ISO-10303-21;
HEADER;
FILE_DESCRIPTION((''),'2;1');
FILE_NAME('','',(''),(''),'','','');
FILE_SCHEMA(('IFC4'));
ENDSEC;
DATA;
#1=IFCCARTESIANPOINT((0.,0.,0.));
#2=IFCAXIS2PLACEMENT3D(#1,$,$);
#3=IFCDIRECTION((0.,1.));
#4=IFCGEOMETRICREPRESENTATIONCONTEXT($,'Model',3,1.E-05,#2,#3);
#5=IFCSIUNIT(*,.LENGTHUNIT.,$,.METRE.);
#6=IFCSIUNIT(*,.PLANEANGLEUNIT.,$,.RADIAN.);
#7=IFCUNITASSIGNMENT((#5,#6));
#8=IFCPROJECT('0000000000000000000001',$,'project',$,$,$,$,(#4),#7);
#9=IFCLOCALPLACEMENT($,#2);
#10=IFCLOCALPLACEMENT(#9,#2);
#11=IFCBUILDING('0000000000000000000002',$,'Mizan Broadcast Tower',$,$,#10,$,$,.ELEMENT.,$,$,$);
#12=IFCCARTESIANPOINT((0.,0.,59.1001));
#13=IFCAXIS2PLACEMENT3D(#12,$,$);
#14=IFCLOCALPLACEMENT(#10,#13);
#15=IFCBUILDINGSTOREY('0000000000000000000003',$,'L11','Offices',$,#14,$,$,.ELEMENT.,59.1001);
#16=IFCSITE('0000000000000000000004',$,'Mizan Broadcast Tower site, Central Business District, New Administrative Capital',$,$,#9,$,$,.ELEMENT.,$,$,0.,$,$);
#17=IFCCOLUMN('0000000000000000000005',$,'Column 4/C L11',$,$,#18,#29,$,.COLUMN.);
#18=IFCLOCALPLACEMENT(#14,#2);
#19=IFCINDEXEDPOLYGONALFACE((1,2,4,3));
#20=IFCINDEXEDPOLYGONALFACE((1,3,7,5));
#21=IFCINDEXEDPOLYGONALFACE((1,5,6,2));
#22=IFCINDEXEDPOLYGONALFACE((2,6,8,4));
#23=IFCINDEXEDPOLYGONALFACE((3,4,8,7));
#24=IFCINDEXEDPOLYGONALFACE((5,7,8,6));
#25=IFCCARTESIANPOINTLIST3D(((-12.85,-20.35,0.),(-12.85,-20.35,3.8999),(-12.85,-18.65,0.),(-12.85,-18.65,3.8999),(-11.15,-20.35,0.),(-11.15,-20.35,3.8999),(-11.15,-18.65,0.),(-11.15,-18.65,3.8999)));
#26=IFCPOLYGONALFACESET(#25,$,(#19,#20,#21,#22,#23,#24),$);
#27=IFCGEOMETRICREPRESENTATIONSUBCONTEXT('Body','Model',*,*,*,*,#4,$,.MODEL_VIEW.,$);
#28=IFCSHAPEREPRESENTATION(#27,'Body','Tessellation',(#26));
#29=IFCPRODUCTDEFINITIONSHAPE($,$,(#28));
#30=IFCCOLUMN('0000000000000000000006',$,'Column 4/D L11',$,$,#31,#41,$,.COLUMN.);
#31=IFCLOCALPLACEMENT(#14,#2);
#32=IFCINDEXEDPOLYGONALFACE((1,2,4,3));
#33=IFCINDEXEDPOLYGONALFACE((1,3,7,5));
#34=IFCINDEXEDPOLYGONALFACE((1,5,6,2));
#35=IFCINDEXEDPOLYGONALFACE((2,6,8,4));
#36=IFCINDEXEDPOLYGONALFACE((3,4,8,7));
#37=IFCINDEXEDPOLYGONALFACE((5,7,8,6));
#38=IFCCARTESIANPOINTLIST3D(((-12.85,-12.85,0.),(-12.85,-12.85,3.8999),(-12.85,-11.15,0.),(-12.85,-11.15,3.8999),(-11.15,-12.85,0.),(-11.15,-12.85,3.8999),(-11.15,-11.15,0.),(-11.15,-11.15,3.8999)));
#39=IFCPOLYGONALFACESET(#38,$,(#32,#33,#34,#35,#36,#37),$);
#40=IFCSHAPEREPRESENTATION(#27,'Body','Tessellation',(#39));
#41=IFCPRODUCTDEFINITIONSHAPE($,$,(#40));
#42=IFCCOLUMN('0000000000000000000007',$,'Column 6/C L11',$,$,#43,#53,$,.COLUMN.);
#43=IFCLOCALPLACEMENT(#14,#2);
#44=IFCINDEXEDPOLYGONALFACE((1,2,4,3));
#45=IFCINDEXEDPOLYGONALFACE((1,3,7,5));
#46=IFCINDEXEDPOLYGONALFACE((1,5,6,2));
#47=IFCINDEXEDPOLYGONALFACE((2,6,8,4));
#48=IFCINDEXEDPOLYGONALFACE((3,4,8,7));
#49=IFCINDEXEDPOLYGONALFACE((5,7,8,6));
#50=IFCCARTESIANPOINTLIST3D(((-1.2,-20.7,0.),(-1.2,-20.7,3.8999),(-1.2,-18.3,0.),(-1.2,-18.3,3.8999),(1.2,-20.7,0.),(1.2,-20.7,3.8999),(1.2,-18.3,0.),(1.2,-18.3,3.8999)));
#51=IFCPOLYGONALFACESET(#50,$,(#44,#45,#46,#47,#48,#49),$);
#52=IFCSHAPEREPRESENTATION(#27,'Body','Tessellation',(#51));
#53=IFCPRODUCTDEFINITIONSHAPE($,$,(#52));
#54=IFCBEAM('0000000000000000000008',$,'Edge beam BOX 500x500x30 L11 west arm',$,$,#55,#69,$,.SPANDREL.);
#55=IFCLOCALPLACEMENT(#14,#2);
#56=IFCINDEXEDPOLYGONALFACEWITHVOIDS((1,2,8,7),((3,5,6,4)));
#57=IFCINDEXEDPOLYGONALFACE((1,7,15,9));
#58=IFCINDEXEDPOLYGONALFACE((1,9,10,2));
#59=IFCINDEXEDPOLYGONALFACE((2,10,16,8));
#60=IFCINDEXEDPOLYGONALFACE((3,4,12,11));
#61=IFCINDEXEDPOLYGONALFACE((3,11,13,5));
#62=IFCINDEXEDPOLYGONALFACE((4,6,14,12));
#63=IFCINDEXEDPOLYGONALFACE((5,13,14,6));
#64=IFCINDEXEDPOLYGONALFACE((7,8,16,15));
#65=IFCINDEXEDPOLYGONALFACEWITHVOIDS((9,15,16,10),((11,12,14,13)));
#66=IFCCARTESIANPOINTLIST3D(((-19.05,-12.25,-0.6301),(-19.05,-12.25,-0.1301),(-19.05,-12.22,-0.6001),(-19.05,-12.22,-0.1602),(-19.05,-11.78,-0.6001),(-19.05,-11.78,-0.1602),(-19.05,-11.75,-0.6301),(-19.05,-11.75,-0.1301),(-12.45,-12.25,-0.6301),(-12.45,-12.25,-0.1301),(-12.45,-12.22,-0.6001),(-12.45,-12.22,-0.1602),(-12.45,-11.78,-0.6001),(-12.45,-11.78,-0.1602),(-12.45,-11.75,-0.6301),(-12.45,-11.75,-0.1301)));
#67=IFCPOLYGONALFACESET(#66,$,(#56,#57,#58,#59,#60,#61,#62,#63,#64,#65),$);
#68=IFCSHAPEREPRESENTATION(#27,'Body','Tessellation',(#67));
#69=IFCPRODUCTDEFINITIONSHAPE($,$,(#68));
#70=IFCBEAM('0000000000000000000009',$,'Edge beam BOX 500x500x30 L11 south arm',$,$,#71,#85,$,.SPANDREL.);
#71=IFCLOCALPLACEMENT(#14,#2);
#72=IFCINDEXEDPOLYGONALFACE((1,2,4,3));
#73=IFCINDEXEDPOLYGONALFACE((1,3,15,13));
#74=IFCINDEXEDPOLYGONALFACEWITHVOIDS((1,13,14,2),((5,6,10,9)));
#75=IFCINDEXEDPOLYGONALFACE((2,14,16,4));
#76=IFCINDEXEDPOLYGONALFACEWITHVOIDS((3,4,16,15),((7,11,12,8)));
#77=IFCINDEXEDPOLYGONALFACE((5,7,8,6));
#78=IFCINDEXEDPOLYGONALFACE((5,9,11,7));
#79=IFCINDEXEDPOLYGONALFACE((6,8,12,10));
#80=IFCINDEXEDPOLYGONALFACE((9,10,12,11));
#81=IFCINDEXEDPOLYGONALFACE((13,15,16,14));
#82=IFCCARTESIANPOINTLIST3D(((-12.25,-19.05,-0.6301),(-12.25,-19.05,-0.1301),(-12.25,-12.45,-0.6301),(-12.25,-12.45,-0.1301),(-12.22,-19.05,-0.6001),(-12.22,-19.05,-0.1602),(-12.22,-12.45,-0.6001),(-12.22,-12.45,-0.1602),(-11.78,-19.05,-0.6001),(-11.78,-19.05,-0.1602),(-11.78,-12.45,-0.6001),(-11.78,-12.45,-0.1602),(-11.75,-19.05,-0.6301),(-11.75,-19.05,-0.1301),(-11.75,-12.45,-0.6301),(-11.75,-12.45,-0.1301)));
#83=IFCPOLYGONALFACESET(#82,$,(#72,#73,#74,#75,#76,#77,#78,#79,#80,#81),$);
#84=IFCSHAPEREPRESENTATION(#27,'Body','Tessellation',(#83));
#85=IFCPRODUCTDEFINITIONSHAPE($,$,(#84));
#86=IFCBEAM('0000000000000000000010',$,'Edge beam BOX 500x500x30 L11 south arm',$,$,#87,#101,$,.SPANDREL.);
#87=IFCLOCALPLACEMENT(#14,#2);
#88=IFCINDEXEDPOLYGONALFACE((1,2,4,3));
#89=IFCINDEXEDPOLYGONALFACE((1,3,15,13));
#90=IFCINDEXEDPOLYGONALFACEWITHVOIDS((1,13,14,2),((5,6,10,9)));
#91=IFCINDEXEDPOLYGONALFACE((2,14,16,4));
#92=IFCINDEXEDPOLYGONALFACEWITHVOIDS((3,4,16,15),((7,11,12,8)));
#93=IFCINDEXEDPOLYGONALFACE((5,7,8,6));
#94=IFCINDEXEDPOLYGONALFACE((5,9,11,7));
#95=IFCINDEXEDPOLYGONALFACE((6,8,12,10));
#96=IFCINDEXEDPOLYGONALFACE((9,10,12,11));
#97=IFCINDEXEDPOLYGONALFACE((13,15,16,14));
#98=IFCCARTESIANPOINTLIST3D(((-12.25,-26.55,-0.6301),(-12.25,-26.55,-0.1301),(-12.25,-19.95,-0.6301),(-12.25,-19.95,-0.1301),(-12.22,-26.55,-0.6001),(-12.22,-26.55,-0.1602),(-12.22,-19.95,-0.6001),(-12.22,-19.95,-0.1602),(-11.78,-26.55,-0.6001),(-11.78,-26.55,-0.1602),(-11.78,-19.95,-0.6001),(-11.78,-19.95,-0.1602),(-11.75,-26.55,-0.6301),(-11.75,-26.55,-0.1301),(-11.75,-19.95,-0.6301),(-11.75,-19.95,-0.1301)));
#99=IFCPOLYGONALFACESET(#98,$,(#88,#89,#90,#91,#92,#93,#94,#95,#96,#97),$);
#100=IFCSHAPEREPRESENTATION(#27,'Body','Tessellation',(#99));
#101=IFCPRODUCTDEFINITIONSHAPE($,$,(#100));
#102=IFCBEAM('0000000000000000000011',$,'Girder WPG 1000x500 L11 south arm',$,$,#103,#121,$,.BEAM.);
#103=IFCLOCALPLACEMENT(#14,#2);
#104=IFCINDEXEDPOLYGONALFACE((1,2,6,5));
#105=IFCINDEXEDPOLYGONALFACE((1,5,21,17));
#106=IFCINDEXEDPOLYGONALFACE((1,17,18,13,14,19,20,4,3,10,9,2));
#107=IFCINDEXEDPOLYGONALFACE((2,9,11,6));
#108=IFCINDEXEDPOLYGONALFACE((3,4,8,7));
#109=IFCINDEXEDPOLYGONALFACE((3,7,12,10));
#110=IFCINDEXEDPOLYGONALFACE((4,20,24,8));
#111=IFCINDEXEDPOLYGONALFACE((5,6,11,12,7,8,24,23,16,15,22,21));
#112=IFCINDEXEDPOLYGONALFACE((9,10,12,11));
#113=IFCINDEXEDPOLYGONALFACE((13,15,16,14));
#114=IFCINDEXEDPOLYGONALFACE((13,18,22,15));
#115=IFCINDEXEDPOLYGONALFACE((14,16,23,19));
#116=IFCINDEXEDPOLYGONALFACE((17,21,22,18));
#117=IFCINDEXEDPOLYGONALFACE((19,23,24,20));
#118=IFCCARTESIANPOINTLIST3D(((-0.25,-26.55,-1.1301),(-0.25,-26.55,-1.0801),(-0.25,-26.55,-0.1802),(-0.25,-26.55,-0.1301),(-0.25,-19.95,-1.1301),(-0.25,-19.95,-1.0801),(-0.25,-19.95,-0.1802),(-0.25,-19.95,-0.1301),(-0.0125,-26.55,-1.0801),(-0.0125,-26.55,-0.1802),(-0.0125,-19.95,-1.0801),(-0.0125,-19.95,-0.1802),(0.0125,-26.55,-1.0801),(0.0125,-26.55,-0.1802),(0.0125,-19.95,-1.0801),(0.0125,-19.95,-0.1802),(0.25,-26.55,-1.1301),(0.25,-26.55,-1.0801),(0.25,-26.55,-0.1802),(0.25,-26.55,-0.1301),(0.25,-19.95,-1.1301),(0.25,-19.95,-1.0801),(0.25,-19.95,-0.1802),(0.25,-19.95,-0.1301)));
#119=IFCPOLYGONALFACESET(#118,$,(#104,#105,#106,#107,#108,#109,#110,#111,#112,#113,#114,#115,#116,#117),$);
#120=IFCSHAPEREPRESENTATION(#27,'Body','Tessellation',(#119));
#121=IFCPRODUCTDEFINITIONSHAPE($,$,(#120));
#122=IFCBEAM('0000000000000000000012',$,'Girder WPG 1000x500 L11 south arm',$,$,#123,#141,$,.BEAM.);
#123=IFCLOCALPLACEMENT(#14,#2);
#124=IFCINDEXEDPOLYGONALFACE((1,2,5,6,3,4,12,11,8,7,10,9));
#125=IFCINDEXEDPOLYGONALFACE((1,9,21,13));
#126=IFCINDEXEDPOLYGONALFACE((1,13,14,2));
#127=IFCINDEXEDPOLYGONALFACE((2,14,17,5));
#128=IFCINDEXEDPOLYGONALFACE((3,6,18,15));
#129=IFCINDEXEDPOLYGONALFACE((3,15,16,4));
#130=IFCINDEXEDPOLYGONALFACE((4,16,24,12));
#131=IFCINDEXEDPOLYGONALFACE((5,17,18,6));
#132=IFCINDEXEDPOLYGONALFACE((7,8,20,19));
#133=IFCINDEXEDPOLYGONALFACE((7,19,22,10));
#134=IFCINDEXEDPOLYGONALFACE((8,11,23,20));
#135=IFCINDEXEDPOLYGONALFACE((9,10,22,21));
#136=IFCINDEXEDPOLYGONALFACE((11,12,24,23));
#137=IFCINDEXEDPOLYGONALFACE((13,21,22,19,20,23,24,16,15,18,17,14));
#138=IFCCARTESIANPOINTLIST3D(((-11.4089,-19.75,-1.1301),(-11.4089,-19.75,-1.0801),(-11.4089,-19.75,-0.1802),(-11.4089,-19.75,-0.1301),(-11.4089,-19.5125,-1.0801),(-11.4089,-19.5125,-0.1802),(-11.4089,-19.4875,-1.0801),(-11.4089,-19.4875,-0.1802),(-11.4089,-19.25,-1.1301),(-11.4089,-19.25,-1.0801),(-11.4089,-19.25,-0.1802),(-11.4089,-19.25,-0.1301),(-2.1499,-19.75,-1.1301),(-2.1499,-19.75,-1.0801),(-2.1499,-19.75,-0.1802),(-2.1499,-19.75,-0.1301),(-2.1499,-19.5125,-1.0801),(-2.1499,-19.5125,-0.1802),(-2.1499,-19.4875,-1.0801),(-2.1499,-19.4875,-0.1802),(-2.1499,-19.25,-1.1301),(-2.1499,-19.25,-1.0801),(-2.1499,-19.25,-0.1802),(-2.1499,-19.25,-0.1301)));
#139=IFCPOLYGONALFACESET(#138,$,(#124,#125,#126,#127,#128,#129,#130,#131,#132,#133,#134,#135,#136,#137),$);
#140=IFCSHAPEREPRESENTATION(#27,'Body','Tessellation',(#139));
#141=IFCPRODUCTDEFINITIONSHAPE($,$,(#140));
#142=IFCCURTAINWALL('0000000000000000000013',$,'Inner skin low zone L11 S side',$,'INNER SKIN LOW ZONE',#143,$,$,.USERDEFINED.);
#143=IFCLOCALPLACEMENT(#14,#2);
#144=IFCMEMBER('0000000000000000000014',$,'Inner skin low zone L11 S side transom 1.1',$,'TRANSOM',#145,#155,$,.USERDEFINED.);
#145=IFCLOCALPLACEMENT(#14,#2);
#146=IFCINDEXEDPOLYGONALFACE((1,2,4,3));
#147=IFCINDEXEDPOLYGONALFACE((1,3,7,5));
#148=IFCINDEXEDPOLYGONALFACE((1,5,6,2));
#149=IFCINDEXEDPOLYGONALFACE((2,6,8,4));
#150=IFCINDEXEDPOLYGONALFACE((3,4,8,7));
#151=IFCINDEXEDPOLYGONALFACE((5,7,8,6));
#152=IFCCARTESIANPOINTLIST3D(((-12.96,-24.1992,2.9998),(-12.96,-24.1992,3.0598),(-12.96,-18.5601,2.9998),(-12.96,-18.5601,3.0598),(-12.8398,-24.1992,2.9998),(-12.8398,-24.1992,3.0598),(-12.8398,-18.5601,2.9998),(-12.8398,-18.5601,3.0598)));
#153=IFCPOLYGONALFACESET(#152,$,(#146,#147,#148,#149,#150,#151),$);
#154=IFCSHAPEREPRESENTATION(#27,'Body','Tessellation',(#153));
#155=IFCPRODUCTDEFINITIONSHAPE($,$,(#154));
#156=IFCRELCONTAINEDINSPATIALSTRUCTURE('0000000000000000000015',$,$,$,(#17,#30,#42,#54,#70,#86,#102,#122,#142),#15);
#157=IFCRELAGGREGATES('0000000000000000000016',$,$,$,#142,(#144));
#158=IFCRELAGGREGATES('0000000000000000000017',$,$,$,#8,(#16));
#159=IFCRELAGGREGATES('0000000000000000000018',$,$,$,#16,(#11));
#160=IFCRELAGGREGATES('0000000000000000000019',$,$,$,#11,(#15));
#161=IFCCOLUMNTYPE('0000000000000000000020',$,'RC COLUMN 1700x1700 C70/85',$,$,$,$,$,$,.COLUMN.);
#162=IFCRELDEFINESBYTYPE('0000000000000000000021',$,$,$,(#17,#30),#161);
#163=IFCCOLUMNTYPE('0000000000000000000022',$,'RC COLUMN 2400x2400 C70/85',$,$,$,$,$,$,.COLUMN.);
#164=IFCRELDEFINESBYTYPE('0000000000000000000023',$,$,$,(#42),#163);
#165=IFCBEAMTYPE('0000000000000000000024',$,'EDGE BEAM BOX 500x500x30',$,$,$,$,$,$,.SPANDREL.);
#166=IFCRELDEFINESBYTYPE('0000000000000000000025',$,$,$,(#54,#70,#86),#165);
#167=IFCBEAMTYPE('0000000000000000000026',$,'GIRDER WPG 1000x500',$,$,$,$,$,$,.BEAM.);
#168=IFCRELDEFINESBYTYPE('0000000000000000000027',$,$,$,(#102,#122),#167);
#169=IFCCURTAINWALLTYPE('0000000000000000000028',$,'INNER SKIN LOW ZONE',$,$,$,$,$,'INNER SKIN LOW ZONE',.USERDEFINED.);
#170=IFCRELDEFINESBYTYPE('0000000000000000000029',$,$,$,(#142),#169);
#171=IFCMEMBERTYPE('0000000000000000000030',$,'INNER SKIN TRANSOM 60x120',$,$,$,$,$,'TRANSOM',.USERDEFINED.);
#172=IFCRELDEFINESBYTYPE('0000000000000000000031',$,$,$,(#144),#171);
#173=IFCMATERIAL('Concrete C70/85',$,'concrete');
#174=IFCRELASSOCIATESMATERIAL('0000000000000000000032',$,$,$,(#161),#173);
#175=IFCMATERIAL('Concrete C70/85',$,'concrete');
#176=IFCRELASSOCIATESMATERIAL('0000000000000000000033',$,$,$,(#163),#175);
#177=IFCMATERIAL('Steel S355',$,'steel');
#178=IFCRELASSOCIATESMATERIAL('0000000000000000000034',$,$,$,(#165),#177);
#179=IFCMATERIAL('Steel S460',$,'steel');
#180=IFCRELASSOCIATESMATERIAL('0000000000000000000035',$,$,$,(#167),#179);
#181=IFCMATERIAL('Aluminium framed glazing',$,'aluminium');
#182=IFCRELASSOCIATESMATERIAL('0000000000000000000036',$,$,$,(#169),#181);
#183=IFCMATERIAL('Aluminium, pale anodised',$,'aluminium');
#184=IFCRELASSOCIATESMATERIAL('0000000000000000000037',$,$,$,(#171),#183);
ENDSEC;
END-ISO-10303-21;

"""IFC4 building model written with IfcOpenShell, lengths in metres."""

from ifc_helpers import new_model, si_unit, direction, frame, origin, origin_2d, place, context, subcontext, project, spatial, rectangle, hollow_rectangle, i_section, extrude, material, material_profile, profile_set, type_object, element, aggregate, save


model = new_model("IFC4")

# Units and contexts
model_context = context("Model", 3, precision=1e-05, world=origin(), true_north=direction((0.0, 1.0)))
body_context = subcontext(model_context, "Body", "Model", "MODEL_VIEW")
ifc_project = project(units=[si_unit("LENGTHUNIT", "METRE"), si_unit("PLANEANGLEUNIT", "RADIAN")], contexts=[model_context])

# Site, building, storey
site_placement = place(None, origin())
site = spatial("IfcSite", under=ifc_project, at=site_placement, Name="Mizan Broadcast Tower site, Central Business District, New Administrative Capital", CompositionType="ELEMENT", RefElevation=0.0)
building_placement = place(site_placement, origin())
building = spatial("IfcBuilding", under=site, at=building_placement, Name="Mizan Broadcast Tower", CompositionType="ELEMENT")
storey_placement = place(building_placement, frame((0.0, 0.0, 59.1001)))
storey = spatial("IfcBuildingStorey", under=building, at=storey_placement, Name="L11", Description="Offices", CompositionType="ELEMENT", Elevation=59.1001)

# Columns
ifc_material_1 = material(Name="Concrete C70/85", Category="concrete")
ifc_material_profile_1 = material_profile(ifc_material_1, rectangle(XDim=1.7, YDim=1.7, at=origin_2d()), Name="RC 1700x1700")
ifc_profile_set_1 = profile_set([ifc_material_profile_1], Name="Concrete C70/85")
column_type_1 = type_object("IfcColumnType", Name="RC COLUMN 1700x1700 C70/85", PredefinedType="COLUMN", material=ifc_profile_set_1)
for number, where, z_axis, x_axis, name in (
    (1, (-12.0, -19.5, 0.0), (0.0, 0.0, 1.0), (1.0, 0.0, 0.0), "Column 4/C L11"),
    (2, (-12.0, -12.0, 0.0), (0.0, 0.0, 1.0), (1.0, 0.0, 0.0), "Column 4/D L11"),
):
    element("IfcColumn", number, at=place(storey_placement, frame(where, z_axis=z_axis, x_axis=x_axis)), inside=storey, type_object=column_type_1, Name=name, PredefinedType="COLUMN", context=body_context, shape_type="SweptSolid", body=[
        extrude(rectangle(XDim=1.7, YDim=1.7, at=origin_2d()), origin(), (0.0, 0.0, 1.0), 3.8999),
    ])
ifc_material_2 = material(Name="Concrete C70/85", Category="concrete")
ifc_material_profile_2 = material_profile(ifc_material_2, rectangle(XDim=2.3999, YDim=2.3999, at=origin_2d()), Name="RC 2400x2400")
ifc_profile_set_2 = profile_set([ifc_material_profile_2], Name="Concrete C70/85")
column_type_2 = type_object("IfcColumnType", Name="RC COLUMN 2400x2400 C70/85", PredefinedType="COLUMN", material=ifc_profile_set_2)
column_placement = place(storey_placement, frame((0.0, -19.5, 0.0), z_axis=(0.0, 0.0, 1.0), x_axis=(1.0, 0.0, 0.0)))
element("IfcColumn", 3, at=column_placement, inside=storey, type_object=column_type_2, Name="Column 6/C L11", PredefinedType="COLUMN", context=body_context, shape_type="SweptSolid", body=[
    extrude(rectangle(XDim=2.3999, YDim=2.3999, at=origin_2d()), origin(), (0.0, 0.0, 1.0), 3.8999),
])

# Beams
ifc_material_3 = material(Name="Steel S355", Category="steel")
ifc_material_profile_3 = material_profile(ifc_material_3, hollow_rectangle(XDim=0.5, YDim=0.5, WallThickness=0.03, at=origin_2d()), Name="BOX 500x500x30")
ifc_profile_set_3 = profile_set([ifc_material_profile_3], Name="Steel S355")
beam_type_1 = type_object("IfcBeamType", Name="EDGE BEAM BOX 500x500x30", PredefinedType="SPANDREL", material=ifc_profile_set_3)
for number, where, z_axis, x_axis, name in (
    (4, (-12.45, -12.0, -0.3801), (-1.0, 0.0, 0.0), (0.0, -1.0, 0.0), "Edge beam BOX 500x500x30 L11 west arm"),
    (5, (-12.0, -12.45, -0.3801), (0.0, -1.0, 0.0), (1.0, 0.0, 0.0), "Edge beam BOX 500x500x30 L11 south arm"),
    (6, (-12.0, -19.95, -0.3801), (0.0, -1.0, 0.0), (1.0, 0.0, 0.0), "Edge beam BOX 500x500x30 L11 south arm"),
):
    element("IfcBeam", number, at=place(storey_placement, frame(where, z_axis=z_axis, x_axis=x_axis)), inside=storey, type_object=beam_type_1, Name=name, PredefinedType="SPANDREL", context=body_context, shape_type="SweptSolid", body=[
        extrude(hollow_rectangle(XDim=0.5, YDim=0.5, WallThickness=0.03, at=origin_2d()), origin(), (0.0, 0.0, 1.0), 6.6001),
    ])
ifc_material_4 = material(Name="Steel S460", Category="steel")
ifc_material_profile_4 = material_profile(ifc_material_4, i_section(OverallWidth=0.5, OverallDepth=1.0, WebThickness=0.0249, FlangeThickness=0.05, at=origin_2d()), Name="WPG 1000x500")
ifc_profile_set_4 = profile_set([ifc_material_profile_4], Name="Steel S460")
beam_type_2 = type_object("IfcBeamType", Name="GIRDER WPG 1000x500", PredefinedType="BEAM", material=ifc_profile_set_4)
beam_1_placement = place(storey_placement, frame((0.0, -19.95, -0.6301), z_axis=(0.0, -1.0, 0.0), x_axis=(1.0, 0.0, 0.0)))
element("IfcBeam", 7, at=beam_1_placement, inside=storey, type_object=beam_type_2, Name="Girder WPG 1000x500 L11 south arm", PredefinedType="BEAM", context=body_context, shape_type="SweptSolid", body=[
    extrude(i_section(OverallWidth=0.5, OverallDepth=1.0, WebThickness=0.0249, FlangeThickness=0.05, at=origin_2d()), origin(), (0.0, 0.0, 1.0), 6.6001),
])
beam_2_placement = place(storey_placement, frame((-11.4089, -19.5, -0.6301), z_axis=(1.0, 0.0, 0.0), x_axis=(0.0, 1.0, 0.0)))
element("IfcBeam", 8, at=beam_2_placement, inside=storey, type_object=beam_type_2, Name="Girder WPG 1000x500 L11 south arm", PredefinedType="BEAM", context=body_context, shape_type="SweptSolid", body=[
    extrude(i_section(OverallWidth=0.5, OverallDepth=1.0, WebThickness=0.0249, FlangeThickness=0.05, at=origin_2d()), origin(), (0.0, 0.0, 1.0), 9.259),
])

# Curtain wall, member
ifc_material_5 = material(Name="Aluminium framed glazing", Category="aluminium")
curtain_wall_type = type_object("IfcCurtainWallType", Name="INNER SKIN LOW ZONE", ElementType="INNER SKIN LOW ZONE", PredefinedType="USERDEFINED", material=ifc_material_5)
curtain_wall_placement = place(storey_placement, origin())
curtain_wall = element("IfcCurtainWall", 9, at=curtain_wall_placement, inside=storey, type_object=curtain_wall_type, Name="Inner skin low zone L11 S side", ObjectType="INNER SKIN LOW ZONE", PredefinedType="USERDEFINED")
ifc_material_6 = material(Name="Aluminium, pale anodised", Category="aluminium")
ifc_material_profile_5 = material_profile(ifc_material_6, rectangle(XDim=0.1201, YDim=0.0601, at=origin_2d()), Name="TRANSOM 120x60")
ifc_profile_set_5 = profile_set([ifc_material_profile_5], Name="Aluminium, pale anodised")
member_type = type_object("IfcMemberType", Name="INNER SKIN TRANSOM 60x120", ElementType="TRANSOM", PredefinedType="USERDEFINED", material=ifc_profile_set_5)
member_placement = place(storey_placement, frame((-12.8999, -18.5601, 3.0298), z_axis=(0.0, -1.0, 0.0), x_axis=(1.0, 0.0, 0.0)))
member = element("IfcMember", 10, at=member_placement, type_object=member_type, Name="Inner skin low zone L11 S side transom 1.1", ObjectType="TRANSOM", PredefinedType="USERDEFINED", context=body_context, shape_type="SweptSolid", body=[
    extrude(rectangle(XDim=0.1201, YDim=0.0601, at=origin_2d()), origin(), (0.0, 0.0, 1.0), 5.6392),
])

aggregate(curtain_wall, [member])

save(model, "model.ifc")
